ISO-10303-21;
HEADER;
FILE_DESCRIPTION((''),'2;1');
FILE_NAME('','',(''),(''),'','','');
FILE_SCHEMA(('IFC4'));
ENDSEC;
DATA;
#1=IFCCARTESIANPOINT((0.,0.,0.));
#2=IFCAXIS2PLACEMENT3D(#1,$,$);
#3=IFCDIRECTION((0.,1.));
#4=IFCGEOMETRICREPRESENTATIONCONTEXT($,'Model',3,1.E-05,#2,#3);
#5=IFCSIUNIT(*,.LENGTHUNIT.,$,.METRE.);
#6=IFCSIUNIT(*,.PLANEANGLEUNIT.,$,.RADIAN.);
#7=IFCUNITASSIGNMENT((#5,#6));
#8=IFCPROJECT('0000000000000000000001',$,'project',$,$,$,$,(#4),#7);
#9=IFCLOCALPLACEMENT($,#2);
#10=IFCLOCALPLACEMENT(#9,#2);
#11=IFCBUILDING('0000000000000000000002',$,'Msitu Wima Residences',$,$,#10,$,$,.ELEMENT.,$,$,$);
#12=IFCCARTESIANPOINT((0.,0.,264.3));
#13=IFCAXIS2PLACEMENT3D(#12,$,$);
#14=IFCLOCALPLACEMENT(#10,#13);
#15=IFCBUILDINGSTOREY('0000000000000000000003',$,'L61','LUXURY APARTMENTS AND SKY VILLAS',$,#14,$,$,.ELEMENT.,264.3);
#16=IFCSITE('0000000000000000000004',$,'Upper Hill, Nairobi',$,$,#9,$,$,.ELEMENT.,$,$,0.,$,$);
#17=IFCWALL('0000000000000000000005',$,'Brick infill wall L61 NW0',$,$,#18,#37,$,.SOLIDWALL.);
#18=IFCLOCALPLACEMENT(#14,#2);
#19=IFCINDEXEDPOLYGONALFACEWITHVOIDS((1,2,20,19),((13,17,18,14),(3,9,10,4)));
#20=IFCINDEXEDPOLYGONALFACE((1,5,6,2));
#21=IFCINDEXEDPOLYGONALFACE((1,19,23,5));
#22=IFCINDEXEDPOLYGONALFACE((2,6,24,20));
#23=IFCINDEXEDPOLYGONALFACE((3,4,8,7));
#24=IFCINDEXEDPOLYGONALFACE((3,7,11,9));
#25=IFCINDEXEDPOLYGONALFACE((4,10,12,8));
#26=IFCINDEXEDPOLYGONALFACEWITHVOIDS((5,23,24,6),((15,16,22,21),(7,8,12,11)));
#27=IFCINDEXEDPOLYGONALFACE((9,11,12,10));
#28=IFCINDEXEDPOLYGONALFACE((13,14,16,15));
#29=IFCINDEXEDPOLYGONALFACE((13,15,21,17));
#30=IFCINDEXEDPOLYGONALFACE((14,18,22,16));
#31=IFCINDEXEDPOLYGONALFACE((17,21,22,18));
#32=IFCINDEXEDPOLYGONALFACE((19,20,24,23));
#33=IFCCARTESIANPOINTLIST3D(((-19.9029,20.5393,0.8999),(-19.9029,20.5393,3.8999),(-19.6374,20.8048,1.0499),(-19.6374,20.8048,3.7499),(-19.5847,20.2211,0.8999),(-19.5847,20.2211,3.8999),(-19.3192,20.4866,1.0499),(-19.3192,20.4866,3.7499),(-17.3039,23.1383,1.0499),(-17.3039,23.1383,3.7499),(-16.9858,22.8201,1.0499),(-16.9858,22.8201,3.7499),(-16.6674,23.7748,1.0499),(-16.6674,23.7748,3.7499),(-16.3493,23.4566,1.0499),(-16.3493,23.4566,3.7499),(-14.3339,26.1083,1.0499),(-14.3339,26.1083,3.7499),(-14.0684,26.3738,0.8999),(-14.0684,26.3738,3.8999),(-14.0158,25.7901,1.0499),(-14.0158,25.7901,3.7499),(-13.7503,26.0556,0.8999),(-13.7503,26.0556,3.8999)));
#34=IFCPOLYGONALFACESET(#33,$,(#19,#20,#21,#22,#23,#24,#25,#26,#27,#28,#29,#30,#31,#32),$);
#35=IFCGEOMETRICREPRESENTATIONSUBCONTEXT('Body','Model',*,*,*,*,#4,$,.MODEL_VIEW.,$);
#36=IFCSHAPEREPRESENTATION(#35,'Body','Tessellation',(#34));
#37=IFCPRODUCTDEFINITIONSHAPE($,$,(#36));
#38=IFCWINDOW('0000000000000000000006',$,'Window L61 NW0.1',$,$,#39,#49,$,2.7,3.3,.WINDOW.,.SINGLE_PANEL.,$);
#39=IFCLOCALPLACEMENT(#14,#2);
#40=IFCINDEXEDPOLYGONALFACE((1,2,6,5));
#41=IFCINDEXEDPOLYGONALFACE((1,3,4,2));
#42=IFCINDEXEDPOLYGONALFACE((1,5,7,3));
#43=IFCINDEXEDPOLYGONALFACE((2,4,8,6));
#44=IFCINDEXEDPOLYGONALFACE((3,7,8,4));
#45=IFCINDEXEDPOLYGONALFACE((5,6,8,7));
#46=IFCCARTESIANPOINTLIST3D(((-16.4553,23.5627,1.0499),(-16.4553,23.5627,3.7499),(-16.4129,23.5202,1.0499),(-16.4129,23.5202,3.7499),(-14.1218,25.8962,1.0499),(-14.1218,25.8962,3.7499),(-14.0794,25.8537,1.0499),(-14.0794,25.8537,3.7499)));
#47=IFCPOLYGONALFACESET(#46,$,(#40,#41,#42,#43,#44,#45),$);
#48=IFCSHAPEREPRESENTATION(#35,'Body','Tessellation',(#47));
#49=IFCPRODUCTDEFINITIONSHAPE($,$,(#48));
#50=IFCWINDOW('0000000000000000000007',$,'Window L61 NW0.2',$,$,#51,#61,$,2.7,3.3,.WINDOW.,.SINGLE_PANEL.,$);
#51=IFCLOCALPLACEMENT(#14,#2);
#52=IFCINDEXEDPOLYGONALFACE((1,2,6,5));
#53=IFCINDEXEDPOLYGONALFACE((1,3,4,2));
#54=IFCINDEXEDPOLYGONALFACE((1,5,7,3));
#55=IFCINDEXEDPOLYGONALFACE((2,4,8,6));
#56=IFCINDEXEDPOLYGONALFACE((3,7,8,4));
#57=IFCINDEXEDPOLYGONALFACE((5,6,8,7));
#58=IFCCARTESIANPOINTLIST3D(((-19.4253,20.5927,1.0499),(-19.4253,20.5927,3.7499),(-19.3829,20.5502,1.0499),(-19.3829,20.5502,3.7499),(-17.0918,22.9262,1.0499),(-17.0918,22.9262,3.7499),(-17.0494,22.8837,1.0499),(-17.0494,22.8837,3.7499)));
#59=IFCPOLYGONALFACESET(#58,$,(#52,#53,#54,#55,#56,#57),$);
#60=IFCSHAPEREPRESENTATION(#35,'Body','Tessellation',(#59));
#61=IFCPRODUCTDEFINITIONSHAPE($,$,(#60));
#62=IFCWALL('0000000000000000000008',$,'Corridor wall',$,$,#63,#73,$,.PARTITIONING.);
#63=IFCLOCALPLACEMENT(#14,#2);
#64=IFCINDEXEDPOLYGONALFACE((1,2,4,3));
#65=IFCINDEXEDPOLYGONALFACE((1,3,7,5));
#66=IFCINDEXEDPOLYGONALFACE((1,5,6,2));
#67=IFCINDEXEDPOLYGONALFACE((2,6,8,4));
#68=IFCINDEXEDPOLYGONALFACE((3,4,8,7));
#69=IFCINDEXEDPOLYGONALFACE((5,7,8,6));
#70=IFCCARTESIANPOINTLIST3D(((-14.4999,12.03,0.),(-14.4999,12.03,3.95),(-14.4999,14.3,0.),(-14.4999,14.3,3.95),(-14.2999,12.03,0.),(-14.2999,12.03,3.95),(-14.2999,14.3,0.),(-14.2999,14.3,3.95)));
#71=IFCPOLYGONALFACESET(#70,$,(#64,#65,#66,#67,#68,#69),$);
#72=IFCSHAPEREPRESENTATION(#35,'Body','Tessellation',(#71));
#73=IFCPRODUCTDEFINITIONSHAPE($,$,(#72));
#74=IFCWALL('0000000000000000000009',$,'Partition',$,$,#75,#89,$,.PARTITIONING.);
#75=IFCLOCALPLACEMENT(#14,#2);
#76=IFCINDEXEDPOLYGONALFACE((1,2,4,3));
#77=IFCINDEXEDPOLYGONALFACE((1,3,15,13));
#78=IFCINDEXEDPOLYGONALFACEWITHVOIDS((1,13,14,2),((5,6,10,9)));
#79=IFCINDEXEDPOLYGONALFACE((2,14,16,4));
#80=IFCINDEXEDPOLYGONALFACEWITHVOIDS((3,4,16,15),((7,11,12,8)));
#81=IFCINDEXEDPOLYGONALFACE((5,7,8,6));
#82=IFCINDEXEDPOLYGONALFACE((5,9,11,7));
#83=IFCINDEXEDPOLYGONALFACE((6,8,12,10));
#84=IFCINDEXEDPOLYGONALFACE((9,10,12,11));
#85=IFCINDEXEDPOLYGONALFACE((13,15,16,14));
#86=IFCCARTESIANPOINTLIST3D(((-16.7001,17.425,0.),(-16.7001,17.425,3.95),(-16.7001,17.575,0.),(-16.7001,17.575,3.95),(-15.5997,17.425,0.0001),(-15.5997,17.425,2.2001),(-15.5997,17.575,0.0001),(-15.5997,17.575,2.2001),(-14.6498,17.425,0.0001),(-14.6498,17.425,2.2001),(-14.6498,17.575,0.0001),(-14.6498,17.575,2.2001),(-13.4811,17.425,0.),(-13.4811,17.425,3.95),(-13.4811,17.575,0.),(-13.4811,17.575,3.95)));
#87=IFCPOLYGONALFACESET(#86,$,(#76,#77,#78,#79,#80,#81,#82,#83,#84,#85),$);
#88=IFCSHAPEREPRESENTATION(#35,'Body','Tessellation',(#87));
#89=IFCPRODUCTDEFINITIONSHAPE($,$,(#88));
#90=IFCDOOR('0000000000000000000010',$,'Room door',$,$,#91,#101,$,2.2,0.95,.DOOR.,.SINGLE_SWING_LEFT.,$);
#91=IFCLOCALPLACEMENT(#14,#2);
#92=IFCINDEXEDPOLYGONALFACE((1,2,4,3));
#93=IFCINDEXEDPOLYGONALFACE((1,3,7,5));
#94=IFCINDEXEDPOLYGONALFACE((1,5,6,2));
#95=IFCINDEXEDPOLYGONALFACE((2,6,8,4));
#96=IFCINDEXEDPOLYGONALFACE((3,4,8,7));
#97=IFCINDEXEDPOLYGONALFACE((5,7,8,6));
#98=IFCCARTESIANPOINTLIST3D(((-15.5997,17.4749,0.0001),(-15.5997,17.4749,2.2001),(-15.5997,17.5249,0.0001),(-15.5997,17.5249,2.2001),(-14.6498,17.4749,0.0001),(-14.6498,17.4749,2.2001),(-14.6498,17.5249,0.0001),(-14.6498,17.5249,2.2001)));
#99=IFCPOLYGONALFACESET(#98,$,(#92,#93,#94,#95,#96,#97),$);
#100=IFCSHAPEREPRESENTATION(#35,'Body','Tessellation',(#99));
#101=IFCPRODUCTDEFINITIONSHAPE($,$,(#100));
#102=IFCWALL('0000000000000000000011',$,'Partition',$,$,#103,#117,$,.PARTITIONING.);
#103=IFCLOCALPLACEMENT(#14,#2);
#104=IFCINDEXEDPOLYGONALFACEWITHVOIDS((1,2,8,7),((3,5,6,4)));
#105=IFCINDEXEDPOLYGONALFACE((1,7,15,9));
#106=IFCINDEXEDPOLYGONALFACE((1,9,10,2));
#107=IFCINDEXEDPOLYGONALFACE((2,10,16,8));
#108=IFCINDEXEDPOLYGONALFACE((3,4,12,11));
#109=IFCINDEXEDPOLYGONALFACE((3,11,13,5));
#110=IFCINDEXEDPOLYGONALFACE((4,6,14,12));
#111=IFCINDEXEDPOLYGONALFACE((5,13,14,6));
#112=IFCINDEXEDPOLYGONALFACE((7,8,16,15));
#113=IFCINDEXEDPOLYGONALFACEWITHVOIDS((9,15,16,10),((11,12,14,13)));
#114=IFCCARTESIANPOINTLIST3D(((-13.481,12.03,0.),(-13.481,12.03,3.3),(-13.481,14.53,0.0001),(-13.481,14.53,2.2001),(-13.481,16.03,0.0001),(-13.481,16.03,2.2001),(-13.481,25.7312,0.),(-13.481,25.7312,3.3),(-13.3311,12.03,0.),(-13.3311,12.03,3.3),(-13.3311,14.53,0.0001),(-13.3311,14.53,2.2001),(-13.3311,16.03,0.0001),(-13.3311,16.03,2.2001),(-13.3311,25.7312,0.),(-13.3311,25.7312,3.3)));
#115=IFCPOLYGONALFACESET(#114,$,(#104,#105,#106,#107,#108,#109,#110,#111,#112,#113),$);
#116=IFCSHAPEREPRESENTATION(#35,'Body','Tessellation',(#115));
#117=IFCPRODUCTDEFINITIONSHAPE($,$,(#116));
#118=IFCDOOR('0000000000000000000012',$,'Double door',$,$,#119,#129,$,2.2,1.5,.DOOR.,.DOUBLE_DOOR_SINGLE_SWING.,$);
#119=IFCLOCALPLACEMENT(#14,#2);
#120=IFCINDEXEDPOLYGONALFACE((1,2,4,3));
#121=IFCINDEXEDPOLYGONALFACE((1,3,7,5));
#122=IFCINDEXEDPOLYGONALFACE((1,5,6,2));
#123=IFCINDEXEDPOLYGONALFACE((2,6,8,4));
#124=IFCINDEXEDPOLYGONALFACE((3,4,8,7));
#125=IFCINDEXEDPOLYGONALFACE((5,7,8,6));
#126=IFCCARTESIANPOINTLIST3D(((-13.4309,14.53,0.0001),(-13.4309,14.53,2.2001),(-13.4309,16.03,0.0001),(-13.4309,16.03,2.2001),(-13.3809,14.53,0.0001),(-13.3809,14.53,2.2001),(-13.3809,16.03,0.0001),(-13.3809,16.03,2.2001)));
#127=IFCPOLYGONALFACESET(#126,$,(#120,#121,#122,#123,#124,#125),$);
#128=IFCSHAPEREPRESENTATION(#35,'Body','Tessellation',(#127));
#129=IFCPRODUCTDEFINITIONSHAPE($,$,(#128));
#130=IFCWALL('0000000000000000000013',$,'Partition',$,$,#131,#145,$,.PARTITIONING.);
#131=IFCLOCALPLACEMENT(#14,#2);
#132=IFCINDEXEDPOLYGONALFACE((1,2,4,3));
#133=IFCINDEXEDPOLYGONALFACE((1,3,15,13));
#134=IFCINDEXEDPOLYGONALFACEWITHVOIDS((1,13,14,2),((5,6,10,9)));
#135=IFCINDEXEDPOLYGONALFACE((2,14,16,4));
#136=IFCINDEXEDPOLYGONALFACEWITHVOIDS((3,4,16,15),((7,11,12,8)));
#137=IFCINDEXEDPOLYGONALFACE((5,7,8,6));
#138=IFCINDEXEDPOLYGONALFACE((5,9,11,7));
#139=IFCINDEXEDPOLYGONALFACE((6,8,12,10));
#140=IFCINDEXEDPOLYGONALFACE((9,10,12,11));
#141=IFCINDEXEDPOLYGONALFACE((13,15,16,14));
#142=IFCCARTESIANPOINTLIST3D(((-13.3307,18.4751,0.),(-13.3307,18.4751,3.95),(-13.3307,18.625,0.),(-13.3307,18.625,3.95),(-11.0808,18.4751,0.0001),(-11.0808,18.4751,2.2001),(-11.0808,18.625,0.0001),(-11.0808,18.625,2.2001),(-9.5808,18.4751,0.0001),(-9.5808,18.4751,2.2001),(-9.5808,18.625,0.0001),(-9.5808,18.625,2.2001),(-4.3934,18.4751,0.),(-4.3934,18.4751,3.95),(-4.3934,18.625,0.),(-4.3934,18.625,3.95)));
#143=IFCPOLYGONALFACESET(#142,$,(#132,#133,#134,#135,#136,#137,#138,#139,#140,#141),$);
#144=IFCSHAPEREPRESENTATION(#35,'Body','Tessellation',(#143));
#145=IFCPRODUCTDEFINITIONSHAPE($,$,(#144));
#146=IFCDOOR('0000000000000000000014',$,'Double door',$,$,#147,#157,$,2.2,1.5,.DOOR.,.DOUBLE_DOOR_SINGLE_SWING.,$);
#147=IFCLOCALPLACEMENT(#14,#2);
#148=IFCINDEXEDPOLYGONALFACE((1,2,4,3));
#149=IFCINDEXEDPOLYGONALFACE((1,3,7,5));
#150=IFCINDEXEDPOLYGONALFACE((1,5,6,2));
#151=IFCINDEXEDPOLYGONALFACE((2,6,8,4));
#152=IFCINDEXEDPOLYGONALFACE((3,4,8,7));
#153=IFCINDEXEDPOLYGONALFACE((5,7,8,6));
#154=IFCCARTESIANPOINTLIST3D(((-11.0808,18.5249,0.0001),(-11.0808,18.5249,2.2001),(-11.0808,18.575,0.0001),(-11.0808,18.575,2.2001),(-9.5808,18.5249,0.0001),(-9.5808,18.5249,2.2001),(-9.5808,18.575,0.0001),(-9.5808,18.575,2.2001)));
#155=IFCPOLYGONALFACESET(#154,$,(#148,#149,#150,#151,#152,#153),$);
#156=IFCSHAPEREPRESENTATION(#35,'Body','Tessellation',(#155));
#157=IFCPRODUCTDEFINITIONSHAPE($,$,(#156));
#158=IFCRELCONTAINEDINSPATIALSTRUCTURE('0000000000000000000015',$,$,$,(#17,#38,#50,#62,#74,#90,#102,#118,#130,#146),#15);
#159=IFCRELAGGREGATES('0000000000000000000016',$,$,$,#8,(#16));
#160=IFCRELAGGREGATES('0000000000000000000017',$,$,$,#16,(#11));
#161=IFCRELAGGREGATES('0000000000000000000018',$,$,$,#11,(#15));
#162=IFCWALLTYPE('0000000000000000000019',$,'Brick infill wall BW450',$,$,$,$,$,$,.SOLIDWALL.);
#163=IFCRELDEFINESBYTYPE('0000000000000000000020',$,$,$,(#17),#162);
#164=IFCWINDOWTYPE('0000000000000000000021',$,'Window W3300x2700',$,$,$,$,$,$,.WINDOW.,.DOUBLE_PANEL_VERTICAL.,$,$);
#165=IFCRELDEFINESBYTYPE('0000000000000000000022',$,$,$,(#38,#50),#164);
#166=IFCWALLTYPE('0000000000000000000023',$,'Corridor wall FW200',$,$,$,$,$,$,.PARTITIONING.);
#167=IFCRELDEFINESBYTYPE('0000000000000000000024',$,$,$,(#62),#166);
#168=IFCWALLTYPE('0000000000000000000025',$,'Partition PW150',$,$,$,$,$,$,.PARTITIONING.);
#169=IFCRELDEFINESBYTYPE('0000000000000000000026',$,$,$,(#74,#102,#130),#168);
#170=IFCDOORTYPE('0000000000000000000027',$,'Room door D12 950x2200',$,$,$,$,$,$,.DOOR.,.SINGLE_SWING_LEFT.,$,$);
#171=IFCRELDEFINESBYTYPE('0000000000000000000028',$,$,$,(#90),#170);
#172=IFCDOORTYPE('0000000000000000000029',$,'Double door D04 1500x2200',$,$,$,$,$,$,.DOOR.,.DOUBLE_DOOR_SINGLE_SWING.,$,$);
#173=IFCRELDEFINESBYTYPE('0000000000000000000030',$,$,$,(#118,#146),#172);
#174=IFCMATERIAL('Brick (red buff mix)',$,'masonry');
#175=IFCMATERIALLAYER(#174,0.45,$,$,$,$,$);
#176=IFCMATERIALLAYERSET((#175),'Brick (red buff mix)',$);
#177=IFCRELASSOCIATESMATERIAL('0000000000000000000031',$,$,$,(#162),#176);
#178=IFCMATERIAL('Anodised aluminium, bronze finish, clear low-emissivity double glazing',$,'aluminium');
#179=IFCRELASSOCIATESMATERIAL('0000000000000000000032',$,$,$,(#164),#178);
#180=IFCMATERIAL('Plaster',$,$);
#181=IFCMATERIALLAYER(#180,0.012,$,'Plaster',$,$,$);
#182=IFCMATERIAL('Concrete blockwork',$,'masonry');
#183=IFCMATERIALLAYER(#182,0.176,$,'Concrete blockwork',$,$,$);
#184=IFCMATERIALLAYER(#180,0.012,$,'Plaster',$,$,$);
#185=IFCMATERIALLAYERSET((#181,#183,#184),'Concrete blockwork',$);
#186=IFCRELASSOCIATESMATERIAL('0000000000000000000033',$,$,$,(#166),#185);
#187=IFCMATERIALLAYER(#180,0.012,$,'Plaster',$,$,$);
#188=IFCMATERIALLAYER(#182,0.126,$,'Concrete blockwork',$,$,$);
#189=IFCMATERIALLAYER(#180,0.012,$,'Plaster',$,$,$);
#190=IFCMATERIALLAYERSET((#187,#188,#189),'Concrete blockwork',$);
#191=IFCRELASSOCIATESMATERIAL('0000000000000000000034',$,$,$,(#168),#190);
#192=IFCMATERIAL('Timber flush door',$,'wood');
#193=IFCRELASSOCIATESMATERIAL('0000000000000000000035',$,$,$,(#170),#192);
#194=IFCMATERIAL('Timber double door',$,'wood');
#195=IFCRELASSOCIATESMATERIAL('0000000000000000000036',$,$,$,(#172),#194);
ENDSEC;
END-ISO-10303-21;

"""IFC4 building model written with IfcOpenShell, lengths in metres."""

from ifc_helpers import new_model, si_unit, direction, frame, frame_2d, origin, place, context, subcontext, project, spatial, rectangle, extrude, material, layer, layer_set, type_object, element, fill, save


model = new_model("IFC4")

# Units and contexts
model_context = context("Model", 3, precision=1e-05, world=origin(), true_north=direction((0.0, 1.0)))
body_context = subcontext(model_context, "Body", "Model", "MODEL_VIEW")
ifc_project = project(units=[si_unit("LENGTHUNIT", "METRE"), si_unit("PLANEANGLEUNIT", "RADIAN")], contexts=[model_context])

# Site, building, storey
site_placement = place(None, origin())
site = spatial("IfcSite", under=ifc_project, at=site_placement, Name="Upper Hill, Nairobi", CompositionType="ELEMENT", RefElevation=0.0)
building_placement = place(site_placement, origin())
building = spatial("IfcBuilding", under=site, at=building_placement, Name="Msitu Wima Residences", CompositionType="ELEMENT")
storey_placement = place(building_placement, frame((0.0, 0.0, 264.3)))
storey = spatial("IfcBuildingStorey", under=building, at=storey_placement, Name="L61", Description="LUXURY APARTMENTS AND SKY VILLAS", CompositionType="ELEMENT", Elevation=264.3)

# Wall, openings, windows
ifc_material_1 = material(Name="Brick (red buff mix)", Category="masonry")
ifc_layer_1 = layer(ifc_material_1, 0.45)
ifc_layer_set_1 = layer_set([ifc_layer_1], Name="Brick (red buff mix)")
wall_type_1 = type_object("IfcWallType", Name="Brick infill wall BW450", PredefinedType="SOLIDWALL", material=ifc_layer_set_1)
ifc_material_2 = material(Name="Anodised aluminium, bronze finish, clear low-emissivity double glazing", Category="aluminium")
window_type = type_object("IfcWindowType", Name="Window W3300x2700", PartitioningType="DOUBLE_PANEL_VERTICAL", PredefinedType="WINDOW", material=ifc_material_2)
wall_1_placement = place(storey_placement, frame((-13.9094, 26.2146, 0.8999), z_axis=(0.0, 0.0, 1.0), x_axis=(-0.707107, -0.707107, 0.0)))
wall_1 = element("IfcWall", 1, at=wall_1_placement, inside=storey, type_object=wall_type_1, Name="Brick infill wall L61 NW0", PredefinedType="SOLIDWALL", context=body_context, shape_type="SweptSolid", body=[
    extrude(rectangle(XDim=8.2512, YDim=0.45, at=frame_2d((4.1255, 0.0))), origin(), (0.0, 0.0, 1.0), 3.0),
])
opening_1_placement = place(wall_1_placement, frame((0.3755, 0.0, 0.1499)))
opening_1 = element("IfcOpeningElement", 2, at=opening_1_placement, cuts=wall_1, PredefinedType="OPENING", context=body_context, shape_type="SweptSolid", body=[
    extrude(rectangle(XDim=3.3, YDim=2.7, at=frame_2d((1.6499, 1.3501))), frame((0.0, 0.2349, 0.0), z_axis=(0.0, -1.0, 0.0), x_axis=(1.0, 0.0, 0.0)), (0.0, 0.0, 1.0), 0.47),
])
opening_2_placement = place(wall_1_placement, frame((4.5757, 0.0, 0.1499)))
opening_2 = element("IfcOpeningElement", 3, at=opening_2_placement, cuts=wall_1, PredefinedType="OPENING", context=body_context, shape_type="SweptSolid", body=[
    extrude(rectangle(XDim=3.3, YDim=2.7, at=frame_2d((1.6499, 1.3501))), frame((0.0, 0.2349, 0.0), z_axis=(0.0, -1.0, 0.0), x_axis=(1.0, 0.0, 0.0)), (0.0, 0.0, 1.0), 0.47),
])
window_1_placement = place(opening_1_placement, origin())
window_1 = element("IfcWindow", 4, at=window_1_placement, inside=storey, type_object=window_type, Name="Window L61 NW0.1", OverallHeight=2.7, OverallWidth=3.3, PartitioningType="SINGLE_PANEL", PredefinedType="WINDOW", context=body_context, shape_type="SweptSolid", body=[
    extrude(rectangle(XDim=3.3, YDim=2.7, at=frame_2d((1.6499, 1.3501))), frame((0.0, 0.135, 0.0), z_axis=(0.0, -1.0, 0.0), x_axis=(1.0, 0.0, 0.0)), (0.0, 0.0, 1.0), 0.0601),
])
fill(opening_1, window_1)
window_2_placement = place(opening_2_placement, origin())
window_2 = element("IfcWindow", 5, at=window_2_placement, inside=storey, type_object=window_type, Name="Window L61 NW0.2", OverallHeight=2.7, OverallWidth=3.3, PartitioningType="SINGLE_PANEL", PredefinedType="WINDOW", context=body_context, shape_type="SweptSolid", body=[
    extrude(rectangle(XDim=3.3, YDim=2.7, at=frame_2d((1.6499, 1.3501))), frame((0.0, 0.135, 0.0), z_axis=(0.0, -1.0, 0.0), x_axis=(1.0, 0.0, 0.0)), (0.0, 0.0, 1.0), 0.0601),
])
fill(opening_2, window_2)

# Wall
ifc_material_3 = material(Name="Plaster")
ifc_layer_2 = layer(ifc_material_3, 0.012, Name="Plaster")
ifc_material_4 = material(Name="Concrete blockwork", Category="masonry")
ifc_layer_3 = layer(ifc_material_4, 0.176, Name="Concrete blockwork")
ifc_layer_4 = layer(ifc_material_3, 0.012, Name="Plaster")
ifc_layer_set_2 = layer_set([ifc_layer_2, ifc_layer_3, ifc_layer_4], Name="Concrete blockwork")
wall_type_2 = type_object("IfcWallType", Name="Corridor wall FW200", PredefinedType="PARTITIONING", material=ifc_layer_set_2)
wall_2_placement = place(storey_placement, frame((-14.3999, 12.03, 0.0), z_axis=(0.0, 0.0, 1.0), x_axis=(0.0, 1.0, 0.0)))
element("IfcWall", 6, at=wall_2_placement, inside=storey, type_object=wall_type_2, Name="Corridor wall", PredefinedType="PARTITIONING", context=body_context, shape_type="SweptSolid", body=[
    extrude(rectangle(XDim=2.27, YDim=0.2, at=frame_2d((1.135, 0.0))), origin(), (0.0, 0.0, 1.0), 3.95),
])

# Walls, openings, doors
ifc_layer_5 = layer(ifc_material_3, 0.012, Name="Plaster")
ifc_layer_6 = layer(ifc_material_4, 0.126, Name="Concrete blockwork")
ifc_layer_7 = layer(ifc_material_3, 0.012, Name="Plaster")
ifc_layer_set_3 = layer_set([ifc_layer_5, ifc_layer_6, ifc_layer_7], Name="Concrete blockwork")
wall_type_3 = type_object("IfcWallType", Name="Partition PW150", PredefinedType="PARTITIONING", material=ifc_layer_set_3)
wall_3_placement = place(storey_placement, frame((-16.7, 17.5, 0.0), z_axis=(0.0, 0.0, 1.0), x_axis=(1.0, 0.0, 0.0)))
wall_3 = element("IfcWall", 7, at=wall_3_placement, inside=storey, type_object=wall_type_3, Name="Partition", PredefinedType="PARTITIONING", context=body_context, shape_type="SweptSolid", body=[
    extrude(rectangle(XDim=3.219, YDim=0.1499, at=frame_2d((1.6094, 0.0))), origin(), (0.0, 0.0, 1.0), 3.95),
])
opening_3_placement = place(wall_3_placement, frame((1.1001, 0.0, 0.0)))
opening_3 = element("IfcOpeningElement", 8, at=opening_3_placement, cuts=wall_3, PredefinedType="OPENING", context=body_context, shape_type="SweptSolid", body=[
    extrude(rectangle(XDim=0.95, YDim=2.2, at=frame_2d((0.4751, 1.1001))), frame((0.0, 0.085, 0.0), z_axis=(0.0, -1.0, 0.0), x_axis=(1.0, 0.0, 0.0)), (0.0, 0.0, 1.0), 0.1699),
])
ifc_material_5 = material(Name="Timber flush door", Category="wood")
door_type_1 = type_object("IfcDoorType", Name="Room door D12 950x2200", OperationType="SINGLE_SWING_LEFT", PredefinedType="DOOR", material=ifc_material_5)
door_1_placement = place(opening_3_placement, origin())
door_1 = element("IfcDoor", 9, at=door_1_placement, inside=storey, type_object=door_type_1, Name="Room door", OperationType="SINGLE_SWING_LEFT", OverallHeight=2.2, OverallWidth=0.95, PredefinedType="DOOR", context=body_context, shape_type="SweptSolid", body=[
    extrude(rectangle(XDim=0.95, YDim=2.2, at=frame_2d((0.4751, 1.1001))), frame((0.0, 0.0249, 0.0), z_axis=(0.0, -1.0, 0.0), x_axis=(1.0, 0.0, 0.0)), (0.0, 0.0, 1.0), 0.05),
])
fill(opening_3, door_1)
wall_4_placement = place(storey_placement, frame((-13.406, 12.03, 0.0), z_axis=(0.0, 0.0, 1.0), x_axis=(0.0, 1.0, 0.0)))
wall_4 = element("IfcWall", 10, at=wall_4_placement, inside=storey, type_object=wall_type_3, Name="Partition", PredefinedType="PARTITIONING", context=body_context, shape_type="SweptSolid", body=[
    extrude(rectangle(XDim=13.7012, YDim=0.1499, at=frame_2d((6.8506, 0.0))), origin(), (0.0, 0.0, 1.0), 3.3),
])
opening_4_placement = place(wall_4_placement, frame((2.5, 0.0, 0.0)))
opening_4 = element("IfcOpeningElement", 11, at=opening_4_placement, cuts=wall_4, PredefinedType="OPENING", context=body_context, shape_type="SweptSolid", body=[
    extrude(rectangle(XDim=1.5, YDim=2.2, at=frame_2d((0.75, 1.1001))), frame((0.0, 0.085, 0.0), z_axis=(0.0, -1.0, 0.0), x_axis=(1.0, 0.0, 0.0)), (0.0, 0.0, 1.0), 0.1699),
])
ifc_material_6 = material(Name="Timber double door", Category="wood")
door_type_2 = type_object("IfcDoorType", Name="Double door D04 1500x2200", OperationType="DOUBLE_DOOR_SINGLE_SWING", PredefinedType="DOOR", material=ifc_material_6)
door_2_placement = place(opening_4_placement, origin())
door_2 = element("IfcDoor", 12, at=door_2_placement, inside=storey, type_object=door_type_2, Name="Double door", OperationType="DOUBLE_DOOR_SINGLE_SWING", OverallHeight=2.2, OverallWidth=1.5, PredefinedType="DOOR", context=body_context, shape_type="SweptSolid", body=[
    extrude(rectangle(XDim=1.5, YDim=2.2, at=frame_2d((0.75, 1.1001))), frame((0.0, 0.0249, 0.0), z_axis=(0.0, -1.0, 0.0), x_axis=(1.0, 0.0, 0.0)), (0.0, 0.0, 1.0), 0.05),
])
fill(opening_4, door_2)
wall_5_placement = place(storey_placement, frame((-13.3308, 18.55, 0.0), z_axis=(0.0, 0.0, 1.0), x_axis=(1.0, 0.0, 0.0)))
wall_5 = element("IfcWall", 13, at=wall_5_placement, inside=storey, type_object=wall_type_3, Name="Partition", PredefinedType="PARTITIONING", context=body_context, shape_type="SweptSolid", body=[
    extrude(rectangle(XDim=8.9373, YDim=0.1499, at=frame_2d((4.4688, 0.0))), origin(), (0.0, 0.0, 1.0), 3.95),
])
opening_5_placement = place(wall_5_placement, frame((2.25, 0.0, 0.0)))
opening_5 = element("IfcOpeningElement", 14, at=opening_5_placement, cuts=wall_5, PredefinedType="OPENING", context=body_context, shape_type="SweptSolid", body=[
    extrude(rectangle(XDim=1.5, YDim=2.2, at=frame_2d((0.75, 1.1001))), frame((0.0, 0.085, 0.0), z_axis=(0.0, -1.0, 0.0), x_axis=(1.0, 0.0, 0.0)), (0.0, 0.0, 1.0), 0.1699),
])
door_3_placement = place(opening_5_placement, origin())
door_3 = element("IfcDoor", 15, at=door_3_placement, inside=storey, type_object=door_type_2, Name="Double door", OperationType="DOUBLE_DOOR_SINGLE_SWING", OverallHeight=2.2, OverallWidth=1.5, PredefinedType="DOOR", context=body_context, shape_type="SweptSolid", body=[
    extrude(rectangle(XDim=1.5, YDim=2.2, at=frame_2d((0.75, 1.1001))), frame((0.0, 0.0249, 0.0), z_axis=(0.0, -1.0, 0.0), x_axis=(1.0, 0.0, 0.0)), (0.0, 0.0, 1.0), 0.05),
])
fill(opening_5, door_3)

save(model, "model.ifc")
